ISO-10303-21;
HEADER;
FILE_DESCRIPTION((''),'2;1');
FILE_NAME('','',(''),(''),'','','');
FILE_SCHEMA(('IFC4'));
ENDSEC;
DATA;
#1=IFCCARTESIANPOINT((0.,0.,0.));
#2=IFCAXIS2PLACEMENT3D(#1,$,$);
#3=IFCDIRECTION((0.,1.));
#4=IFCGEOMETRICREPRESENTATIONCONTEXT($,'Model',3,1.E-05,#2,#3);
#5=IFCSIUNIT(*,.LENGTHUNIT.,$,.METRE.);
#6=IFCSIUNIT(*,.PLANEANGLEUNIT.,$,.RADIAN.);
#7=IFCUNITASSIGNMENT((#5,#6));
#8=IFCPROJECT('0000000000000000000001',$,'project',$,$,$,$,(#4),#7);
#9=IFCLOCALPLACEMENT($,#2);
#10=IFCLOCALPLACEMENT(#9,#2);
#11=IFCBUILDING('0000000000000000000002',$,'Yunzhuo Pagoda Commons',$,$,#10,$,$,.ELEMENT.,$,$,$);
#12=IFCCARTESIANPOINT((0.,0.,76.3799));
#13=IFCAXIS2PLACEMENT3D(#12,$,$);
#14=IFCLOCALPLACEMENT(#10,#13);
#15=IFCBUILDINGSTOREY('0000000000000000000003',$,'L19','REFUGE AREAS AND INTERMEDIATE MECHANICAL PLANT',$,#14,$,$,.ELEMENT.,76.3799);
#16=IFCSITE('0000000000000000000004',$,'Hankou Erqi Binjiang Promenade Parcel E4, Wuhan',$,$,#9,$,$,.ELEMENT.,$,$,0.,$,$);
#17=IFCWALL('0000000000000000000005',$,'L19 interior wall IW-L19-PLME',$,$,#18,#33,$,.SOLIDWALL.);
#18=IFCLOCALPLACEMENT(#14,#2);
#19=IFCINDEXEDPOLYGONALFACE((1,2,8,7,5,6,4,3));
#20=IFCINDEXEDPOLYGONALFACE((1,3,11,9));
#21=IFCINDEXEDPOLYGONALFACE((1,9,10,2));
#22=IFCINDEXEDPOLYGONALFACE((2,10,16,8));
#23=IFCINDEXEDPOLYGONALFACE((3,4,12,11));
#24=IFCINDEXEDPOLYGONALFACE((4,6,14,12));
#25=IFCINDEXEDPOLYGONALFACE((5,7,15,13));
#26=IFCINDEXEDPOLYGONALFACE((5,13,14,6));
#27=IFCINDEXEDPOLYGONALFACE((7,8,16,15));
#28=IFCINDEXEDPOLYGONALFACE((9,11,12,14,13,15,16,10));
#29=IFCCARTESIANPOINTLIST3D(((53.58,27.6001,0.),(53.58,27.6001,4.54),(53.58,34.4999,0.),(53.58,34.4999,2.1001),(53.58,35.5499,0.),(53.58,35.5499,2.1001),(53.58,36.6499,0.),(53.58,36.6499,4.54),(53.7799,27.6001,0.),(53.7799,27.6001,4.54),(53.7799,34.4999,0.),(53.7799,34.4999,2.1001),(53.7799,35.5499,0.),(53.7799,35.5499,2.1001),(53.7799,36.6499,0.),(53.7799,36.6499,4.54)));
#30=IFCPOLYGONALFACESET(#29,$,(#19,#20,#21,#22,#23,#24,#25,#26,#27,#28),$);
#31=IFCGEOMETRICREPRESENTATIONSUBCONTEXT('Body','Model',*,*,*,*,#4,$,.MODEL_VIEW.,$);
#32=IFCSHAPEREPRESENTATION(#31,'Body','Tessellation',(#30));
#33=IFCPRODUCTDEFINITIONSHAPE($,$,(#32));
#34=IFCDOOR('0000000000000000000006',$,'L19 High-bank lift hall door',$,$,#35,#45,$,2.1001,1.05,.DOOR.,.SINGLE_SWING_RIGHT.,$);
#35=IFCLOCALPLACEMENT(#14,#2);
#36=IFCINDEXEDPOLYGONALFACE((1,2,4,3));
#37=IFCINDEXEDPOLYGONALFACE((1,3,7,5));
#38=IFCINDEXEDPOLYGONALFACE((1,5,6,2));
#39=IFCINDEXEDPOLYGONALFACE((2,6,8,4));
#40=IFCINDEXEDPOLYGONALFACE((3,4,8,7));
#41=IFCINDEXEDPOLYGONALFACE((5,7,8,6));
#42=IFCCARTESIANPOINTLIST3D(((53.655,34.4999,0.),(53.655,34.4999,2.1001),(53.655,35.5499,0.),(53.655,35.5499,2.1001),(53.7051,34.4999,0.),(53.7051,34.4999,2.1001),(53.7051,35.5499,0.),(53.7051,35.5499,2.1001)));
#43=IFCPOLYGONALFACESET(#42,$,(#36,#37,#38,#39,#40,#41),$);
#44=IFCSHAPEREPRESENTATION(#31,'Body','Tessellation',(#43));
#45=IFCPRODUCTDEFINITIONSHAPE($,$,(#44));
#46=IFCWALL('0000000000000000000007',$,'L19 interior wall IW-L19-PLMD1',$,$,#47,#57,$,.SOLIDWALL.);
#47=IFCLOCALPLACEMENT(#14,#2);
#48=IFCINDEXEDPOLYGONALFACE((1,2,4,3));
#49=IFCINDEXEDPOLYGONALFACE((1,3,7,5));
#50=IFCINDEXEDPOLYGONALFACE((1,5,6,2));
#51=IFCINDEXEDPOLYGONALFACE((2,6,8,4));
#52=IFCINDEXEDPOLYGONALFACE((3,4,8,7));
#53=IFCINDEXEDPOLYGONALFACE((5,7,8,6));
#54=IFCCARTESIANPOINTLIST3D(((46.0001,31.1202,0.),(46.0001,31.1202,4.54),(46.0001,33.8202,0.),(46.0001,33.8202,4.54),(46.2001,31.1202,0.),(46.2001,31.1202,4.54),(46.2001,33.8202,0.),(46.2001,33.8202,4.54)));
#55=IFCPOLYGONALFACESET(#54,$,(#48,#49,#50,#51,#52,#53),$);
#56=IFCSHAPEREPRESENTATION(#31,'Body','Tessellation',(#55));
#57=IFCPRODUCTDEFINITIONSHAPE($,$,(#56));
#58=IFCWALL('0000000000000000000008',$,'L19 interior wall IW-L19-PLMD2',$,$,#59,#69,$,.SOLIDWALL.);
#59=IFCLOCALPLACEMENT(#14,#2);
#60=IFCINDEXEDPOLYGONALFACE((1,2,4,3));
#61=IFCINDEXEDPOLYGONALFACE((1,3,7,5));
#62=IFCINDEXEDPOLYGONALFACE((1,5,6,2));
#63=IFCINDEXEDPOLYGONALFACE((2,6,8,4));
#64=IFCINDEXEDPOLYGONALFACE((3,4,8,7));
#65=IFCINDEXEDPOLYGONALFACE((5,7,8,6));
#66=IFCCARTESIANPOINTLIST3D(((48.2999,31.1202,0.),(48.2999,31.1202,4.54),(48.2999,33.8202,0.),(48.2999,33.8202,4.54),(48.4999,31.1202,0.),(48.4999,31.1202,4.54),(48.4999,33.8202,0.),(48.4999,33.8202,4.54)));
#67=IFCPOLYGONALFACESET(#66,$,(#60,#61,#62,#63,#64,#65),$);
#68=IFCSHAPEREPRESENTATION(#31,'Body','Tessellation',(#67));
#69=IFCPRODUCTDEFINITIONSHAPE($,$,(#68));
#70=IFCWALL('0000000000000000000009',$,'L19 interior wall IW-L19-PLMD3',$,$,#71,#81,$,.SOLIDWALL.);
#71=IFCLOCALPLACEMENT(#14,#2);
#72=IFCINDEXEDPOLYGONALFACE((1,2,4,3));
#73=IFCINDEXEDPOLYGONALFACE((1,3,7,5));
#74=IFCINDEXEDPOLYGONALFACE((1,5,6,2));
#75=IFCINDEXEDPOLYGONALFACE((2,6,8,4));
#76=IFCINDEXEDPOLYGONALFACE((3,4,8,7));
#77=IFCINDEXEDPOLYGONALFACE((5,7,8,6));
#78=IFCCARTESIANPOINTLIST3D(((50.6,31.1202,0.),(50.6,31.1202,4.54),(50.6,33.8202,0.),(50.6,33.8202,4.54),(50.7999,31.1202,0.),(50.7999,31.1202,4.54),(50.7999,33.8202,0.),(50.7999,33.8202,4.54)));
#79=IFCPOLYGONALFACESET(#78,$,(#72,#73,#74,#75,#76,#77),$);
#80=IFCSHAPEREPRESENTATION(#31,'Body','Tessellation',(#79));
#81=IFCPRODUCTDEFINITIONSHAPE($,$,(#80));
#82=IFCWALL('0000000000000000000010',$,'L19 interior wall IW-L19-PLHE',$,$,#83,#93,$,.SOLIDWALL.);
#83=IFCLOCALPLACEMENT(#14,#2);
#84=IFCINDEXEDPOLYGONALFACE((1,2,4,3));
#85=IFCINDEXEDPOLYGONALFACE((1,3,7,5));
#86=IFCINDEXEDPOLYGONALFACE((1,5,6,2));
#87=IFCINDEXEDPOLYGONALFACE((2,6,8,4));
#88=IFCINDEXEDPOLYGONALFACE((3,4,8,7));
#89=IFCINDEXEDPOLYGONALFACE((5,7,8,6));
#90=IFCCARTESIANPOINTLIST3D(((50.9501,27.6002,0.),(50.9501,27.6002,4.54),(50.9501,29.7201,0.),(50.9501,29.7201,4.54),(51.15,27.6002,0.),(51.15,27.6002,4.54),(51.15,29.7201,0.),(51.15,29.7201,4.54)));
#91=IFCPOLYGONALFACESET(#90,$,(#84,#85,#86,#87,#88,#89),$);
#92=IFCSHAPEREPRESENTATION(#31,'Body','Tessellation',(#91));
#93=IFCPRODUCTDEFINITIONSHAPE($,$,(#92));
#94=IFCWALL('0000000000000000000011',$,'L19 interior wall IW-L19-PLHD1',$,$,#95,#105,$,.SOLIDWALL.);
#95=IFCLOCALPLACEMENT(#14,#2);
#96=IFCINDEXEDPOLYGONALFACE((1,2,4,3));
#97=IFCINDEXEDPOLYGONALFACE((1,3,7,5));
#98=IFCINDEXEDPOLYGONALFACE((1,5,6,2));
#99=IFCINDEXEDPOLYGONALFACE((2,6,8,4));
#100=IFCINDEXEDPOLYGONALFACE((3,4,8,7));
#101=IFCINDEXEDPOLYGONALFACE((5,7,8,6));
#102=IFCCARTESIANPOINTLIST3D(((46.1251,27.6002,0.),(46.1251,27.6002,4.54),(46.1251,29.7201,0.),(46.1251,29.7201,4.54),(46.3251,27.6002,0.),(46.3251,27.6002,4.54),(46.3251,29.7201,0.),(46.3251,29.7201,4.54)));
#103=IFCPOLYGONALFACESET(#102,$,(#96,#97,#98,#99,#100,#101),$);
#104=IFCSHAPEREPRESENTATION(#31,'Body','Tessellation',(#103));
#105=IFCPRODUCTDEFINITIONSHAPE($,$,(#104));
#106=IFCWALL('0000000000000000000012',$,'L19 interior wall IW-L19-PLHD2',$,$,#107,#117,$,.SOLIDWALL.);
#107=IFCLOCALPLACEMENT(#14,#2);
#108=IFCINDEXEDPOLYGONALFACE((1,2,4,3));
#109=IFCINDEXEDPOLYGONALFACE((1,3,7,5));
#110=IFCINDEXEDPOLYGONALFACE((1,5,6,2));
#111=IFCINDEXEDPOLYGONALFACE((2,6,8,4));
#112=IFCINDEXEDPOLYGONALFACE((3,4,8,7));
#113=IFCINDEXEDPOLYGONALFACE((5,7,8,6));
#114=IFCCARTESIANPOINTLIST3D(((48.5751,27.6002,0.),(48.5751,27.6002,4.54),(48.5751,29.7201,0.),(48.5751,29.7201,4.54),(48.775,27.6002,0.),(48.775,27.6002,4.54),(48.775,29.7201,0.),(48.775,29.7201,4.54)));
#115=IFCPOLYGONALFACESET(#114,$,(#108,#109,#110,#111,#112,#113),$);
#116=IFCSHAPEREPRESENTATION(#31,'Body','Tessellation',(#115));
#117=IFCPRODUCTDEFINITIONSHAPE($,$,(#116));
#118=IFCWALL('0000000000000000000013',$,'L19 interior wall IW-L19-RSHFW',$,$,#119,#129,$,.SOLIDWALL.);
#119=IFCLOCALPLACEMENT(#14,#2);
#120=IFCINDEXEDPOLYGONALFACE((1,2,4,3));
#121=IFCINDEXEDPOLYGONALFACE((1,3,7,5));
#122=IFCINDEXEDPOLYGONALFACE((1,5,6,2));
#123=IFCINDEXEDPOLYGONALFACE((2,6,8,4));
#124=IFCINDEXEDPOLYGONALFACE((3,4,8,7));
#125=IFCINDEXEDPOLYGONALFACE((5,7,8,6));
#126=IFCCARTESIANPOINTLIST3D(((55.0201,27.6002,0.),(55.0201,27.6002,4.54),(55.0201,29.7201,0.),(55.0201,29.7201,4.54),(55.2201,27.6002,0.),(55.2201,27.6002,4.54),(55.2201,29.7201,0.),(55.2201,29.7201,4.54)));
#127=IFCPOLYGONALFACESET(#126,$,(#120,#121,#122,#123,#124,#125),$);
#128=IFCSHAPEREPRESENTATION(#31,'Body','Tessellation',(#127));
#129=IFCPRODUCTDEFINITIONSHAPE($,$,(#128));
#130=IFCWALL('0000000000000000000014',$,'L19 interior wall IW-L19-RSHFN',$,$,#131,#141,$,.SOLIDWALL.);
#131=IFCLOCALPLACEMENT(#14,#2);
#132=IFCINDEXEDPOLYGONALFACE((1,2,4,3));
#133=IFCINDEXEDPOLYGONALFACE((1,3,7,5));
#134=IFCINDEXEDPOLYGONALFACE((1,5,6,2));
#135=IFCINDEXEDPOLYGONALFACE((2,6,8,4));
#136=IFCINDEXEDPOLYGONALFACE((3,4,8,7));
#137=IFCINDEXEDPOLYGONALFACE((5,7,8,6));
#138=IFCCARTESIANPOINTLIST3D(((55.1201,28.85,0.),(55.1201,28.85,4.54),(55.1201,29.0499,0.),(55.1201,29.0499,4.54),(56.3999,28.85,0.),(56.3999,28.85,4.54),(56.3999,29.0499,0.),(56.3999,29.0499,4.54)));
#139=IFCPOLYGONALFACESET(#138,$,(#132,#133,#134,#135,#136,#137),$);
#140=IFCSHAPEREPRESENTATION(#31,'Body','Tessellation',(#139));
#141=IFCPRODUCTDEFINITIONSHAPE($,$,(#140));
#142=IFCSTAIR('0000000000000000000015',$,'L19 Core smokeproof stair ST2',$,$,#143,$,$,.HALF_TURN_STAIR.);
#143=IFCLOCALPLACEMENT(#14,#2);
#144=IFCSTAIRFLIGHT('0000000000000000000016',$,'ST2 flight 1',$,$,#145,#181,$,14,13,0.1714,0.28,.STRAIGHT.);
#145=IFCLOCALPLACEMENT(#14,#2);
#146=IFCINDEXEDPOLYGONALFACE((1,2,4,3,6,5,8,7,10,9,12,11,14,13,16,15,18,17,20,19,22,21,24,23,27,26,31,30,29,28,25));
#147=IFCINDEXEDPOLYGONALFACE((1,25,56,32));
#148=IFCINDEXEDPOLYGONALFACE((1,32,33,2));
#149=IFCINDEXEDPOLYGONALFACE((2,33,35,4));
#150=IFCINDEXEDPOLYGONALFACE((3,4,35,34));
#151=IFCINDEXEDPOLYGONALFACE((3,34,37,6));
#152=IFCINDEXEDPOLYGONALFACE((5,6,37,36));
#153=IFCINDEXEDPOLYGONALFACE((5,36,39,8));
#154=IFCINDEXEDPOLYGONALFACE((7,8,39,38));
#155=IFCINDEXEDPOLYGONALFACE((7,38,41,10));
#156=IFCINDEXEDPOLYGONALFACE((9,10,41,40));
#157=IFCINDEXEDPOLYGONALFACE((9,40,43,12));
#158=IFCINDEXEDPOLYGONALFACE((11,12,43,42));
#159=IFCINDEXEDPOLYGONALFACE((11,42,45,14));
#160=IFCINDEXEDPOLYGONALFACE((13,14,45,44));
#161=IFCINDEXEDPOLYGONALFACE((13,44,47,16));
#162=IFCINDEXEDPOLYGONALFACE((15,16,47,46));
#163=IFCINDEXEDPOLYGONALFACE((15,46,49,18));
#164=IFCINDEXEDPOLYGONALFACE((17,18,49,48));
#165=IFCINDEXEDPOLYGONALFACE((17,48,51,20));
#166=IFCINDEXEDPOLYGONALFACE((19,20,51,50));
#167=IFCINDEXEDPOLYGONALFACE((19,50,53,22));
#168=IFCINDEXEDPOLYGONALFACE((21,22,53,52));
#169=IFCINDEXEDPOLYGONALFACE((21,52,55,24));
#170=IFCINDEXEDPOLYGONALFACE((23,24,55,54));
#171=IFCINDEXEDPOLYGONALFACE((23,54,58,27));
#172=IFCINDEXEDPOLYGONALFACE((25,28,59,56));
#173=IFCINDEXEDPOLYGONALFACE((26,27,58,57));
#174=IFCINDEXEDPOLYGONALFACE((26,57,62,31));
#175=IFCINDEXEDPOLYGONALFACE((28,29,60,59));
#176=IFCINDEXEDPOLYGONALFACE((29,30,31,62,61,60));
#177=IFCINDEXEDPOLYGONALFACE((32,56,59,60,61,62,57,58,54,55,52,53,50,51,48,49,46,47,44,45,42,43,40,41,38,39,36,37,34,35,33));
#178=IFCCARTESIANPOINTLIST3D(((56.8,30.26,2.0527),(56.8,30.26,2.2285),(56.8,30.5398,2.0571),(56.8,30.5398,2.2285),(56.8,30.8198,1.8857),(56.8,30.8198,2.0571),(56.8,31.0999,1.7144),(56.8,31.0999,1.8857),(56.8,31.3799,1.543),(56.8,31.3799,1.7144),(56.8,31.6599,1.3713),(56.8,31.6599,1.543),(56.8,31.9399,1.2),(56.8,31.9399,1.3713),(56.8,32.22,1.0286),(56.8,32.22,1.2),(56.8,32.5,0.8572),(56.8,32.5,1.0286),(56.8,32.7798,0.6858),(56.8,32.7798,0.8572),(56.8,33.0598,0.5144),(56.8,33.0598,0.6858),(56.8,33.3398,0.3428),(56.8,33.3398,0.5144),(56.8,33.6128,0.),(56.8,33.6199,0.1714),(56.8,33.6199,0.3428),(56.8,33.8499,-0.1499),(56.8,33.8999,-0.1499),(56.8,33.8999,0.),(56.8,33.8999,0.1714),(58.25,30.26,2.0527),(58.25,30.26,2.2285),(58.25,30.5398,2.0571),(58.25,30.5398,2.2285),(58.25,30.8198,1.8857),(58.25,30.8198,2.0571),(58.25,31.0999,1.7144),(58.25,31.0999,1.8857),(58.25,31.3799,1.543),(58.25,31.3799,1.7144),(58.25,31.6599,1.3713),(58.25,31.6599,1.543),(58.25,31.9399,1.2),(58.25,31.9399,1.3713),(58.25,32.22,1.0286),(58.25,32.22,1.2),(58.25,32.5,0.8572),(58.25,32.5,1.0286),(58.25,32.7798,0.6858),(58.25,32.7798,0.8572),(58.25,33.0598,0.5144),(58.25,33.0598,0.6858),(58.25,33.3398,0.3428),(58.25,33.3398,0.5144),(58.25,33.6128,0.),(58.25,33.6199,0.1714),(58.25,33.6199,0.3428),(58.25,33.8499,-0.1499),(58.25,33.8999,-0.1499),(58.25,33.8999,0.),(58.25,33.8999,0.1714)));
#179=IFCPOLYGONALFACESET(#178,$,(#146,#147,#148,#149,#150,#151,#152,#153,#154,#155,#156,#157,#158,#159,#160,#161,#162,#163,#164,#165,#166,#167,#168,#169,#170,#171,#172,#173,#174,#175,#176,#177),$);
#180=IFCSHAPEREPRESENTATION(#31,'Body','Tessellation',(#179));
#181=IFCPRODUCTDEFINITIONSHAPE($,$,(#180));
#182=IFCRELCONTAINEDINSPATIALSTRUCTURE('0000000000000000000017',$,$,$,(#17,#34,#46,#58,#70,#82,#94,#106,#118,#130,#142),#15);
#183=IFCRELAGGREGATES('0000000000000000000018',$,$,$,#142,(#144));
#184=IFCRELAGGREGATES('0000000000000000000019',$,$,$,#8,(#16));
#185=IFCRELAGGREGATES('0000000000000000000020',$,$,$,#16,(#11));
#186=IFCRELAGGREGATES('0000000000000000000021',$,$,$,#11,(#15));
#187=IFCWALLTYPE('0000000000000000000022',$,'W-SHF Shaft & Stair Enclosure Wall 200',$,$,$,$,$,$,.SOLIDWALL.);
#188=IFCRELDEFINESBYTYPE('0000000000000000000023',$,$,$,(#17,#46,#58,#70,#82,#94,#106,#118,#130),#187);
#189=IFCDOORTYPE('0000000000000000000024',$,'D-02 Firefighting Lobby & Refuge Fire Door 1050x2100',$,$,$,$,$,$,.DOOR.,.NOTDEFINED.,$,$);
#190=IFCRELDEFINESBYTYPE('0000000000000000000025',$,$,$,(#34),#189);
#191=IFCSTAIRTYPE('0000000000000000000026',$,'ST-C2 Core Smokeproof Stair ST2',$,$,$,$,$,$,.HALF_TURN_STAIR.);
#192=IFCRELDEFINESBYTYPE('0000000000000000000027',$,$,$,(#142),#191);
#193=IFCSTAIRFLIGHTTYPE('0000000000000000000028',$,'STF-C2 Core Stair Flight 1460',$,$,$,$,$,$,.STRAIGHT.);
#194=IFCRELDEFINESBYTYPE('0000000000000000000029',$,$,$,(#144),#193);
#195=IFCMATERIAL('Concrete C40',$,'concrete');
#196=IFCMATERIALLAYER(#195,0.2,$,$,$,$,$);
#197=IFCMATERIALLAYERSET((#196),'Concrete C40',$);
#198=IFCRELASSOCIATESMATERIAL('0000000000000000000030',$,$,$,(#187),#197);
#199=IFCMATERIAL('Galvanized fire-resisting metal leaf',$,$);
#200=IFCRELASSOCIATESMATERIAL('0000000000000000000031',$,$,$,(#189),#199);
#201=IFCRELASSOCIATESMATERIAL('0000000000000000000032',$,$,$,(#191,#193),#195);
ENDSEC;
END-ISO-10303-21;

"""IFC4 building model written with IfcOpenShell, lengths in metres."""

from ifc_helpers import new_model, si_unit, direction, frame, frame_2d, origin, origin_with_axes, place, context, subcontext, project, spatial, polyline, rectangle, outline, extrude, source, transform, mapped, material, layer, layer_set, type_object, element, fill, aggregate, save


model = new_model("IFC4")

# Units and contexts
model_context = context("Model", 3, precision=1e-05, world=origin(), true_north=direction((0.0, 1.0)))
body_context = subcontext(model_context, "Body", "Model", "MODEL_VIEW")
ifc_project = project(units=[si_unit("LENGTHUNIT", "METRE"), si_unit("PLANEANGLEUNIT", "RADIAN")], contexts=[model_context])

# Site, building, storey
site_placement = place(None, origin())
site = spatial("IfcSite", under=ifc_project, at=site_placement, Name="Hankou Erqi Binjiang Promenade Parcel E4, Wuhan", CompositionType="ELEMENT", RefElevation=0.0)
building_placement = place(site_placement, origin())
building = spatial("IfcBuilding", under=site, at=building_placement, Name="Yunzhuo Pagoda Commons", CompositionType="ELEMENT")
storey_placement = place(building_placement, frame((0.0, 0.0, 76.3799)))
storey = spatial("IfcBuildingStorey", under=building, at=storey_placement, Name="L19", Description="REFUGE AREAS AND INTERMEDIATE MECHANICAL PLANT", CompositionType="ELEMENT", Elevation=76.3799)

# Wall, opening, door
ifc_material_1 = material(Name="Galvanized fire-resisting metal leaf")
ifc_material_2 = material(Name="Concrete C40", Category="concrete")
ifc_layer_1 = layer(ifc_material_2, 0.2)
ifc_layer_set_1 = layer_set([ifc_layer_1], Name="Concrete C40")
wall_type_1 = type_object("IfcWallType", Name="W-SHF Shaft & Stair Enclosure Wall 200", PredefinedType="SOLIDWALL", material=ifc_layer_set_1)
wall_1_placement = place(storey_placement, frame((53.6799, 27.6001, 0.0), z_axis=(0.0, 0.0, 1.0), x_axis=(0.0, 1.0, 0.0)))
wall_1 = element("IfcWall", 1, at=wall_1_placement, inside=storey, type_object=wall_type_1, Name="L19 interior wall IW-L19-PLME", PredefinedType="SOLIDWALL", context=body_context, shape_type="SweptSolid", body=[
    extrude(rectangle(XDim=9.0498, YDim=0.2, at=frame_2d((4.5249, 0.0))), origin(), (0.0, 0.0, 1.0), 4.54),
])
opening_1_placement = place(wall_1_placement, frame((6.8999, 0.0, 0.0)))
opening_1 = element("IfcOpeningElement", 2, at=opening_1_placement, cuts=wall_1, PredefinedType="OPENING", context=body_context, shape_type="SweptSolid", body=[
    extrude(rectangle(XDim=1.05, YDim=2.1001, at=frame_2d((0.5249, 1.05))), frame((0.0, 0.1099, 0.0), z_axis=(0.0, -1.0, 0.0), x_axis=(1.0, 0.0, 0.0)), (0.0, 0.0, 1.0), 0.22),
])
door_type_1 = type_object("IfcDoorType", Name="D-02 Firefighting Lobby & Refuge Fire Door 1050x2100", OperationType="NOTDEFINED", PredefinedType="DOOR", material=ifc_material_1)
shared_shape_1 = source(origin(), body_context, "Body", "SweptSolid", [
    extrude(rectangle(XDim=1.05, YDim=2.1001, at=frame_2d((0.5249, 1.05))), frame((0.0, 0.0249, 0.0), z_axis=(0.0, -1.0, 0.0), x_axis=(1.0, 0.0, 0.0)), (0.0, 0.0, 1.0), 0.05),
])
door_1_placement = place(opening_1_placement, origin_with_axes())
door_1 = element("IfcDoor", 3, at=door_1_placement, inside=storey, type_object=door_type_1, Name="L19 High-bank lift hall door", OperationType="SINGLE_SWING_RIGHT", OverallHeight=2.1001, OverallWidth=1.05, PredefinedType="DOOR", context=body_context, shape_type="MappedRepresentation", body=[
    mapped(shared_shape_1, transform((0.0, 0.0, 0.0), scale=1.0)),
])
fill(opening_1, door_1)

# Walls
for number, where, z_axis, x_axis, name in (
    (4, (46.1001, 31.1201, 0.0), (0.0, 0.0, 1.0), (0.0, 1.0, 0.0), "L19 interior wall IW-L19-PLMD1"),
    (5, (48.3999, 31.1201, 0.0), (0.0, 0.0, 1.0), (0.0, 1.0, 0.0), "L19 interior wall IW-L19-PLMD2"),
    (6, (50.7, 31.1201, 0.0), (0.0, 0.0, 1.0), (0.0, 1.0, 0.0), "L19 interior wall IW-L19-PLMD3"),
):
    element("IfcWall", number, at=place(storey_placement, frame(where, z_axis=z_axis, x_axis=x_axis)), inside=storey, type_object=wall_type_1, Name=name, PredefinedType="SOLIDWALL", context=body_context, shape_type="SweptSolid", body=[
        extrude(rectangle(XDim=2.7, YDim=0.2, at=frame_2d((1.3501, 0.0))), origin(), (0.0, 0.0, 1.0), 4.54),
    ])
for number, where, z_axis, x_axis, name in (
    (7, (51.05, 27.6001, 0.0), (0.0, 0.0, 1.0), (0.0, 1.0, 0.0), "L19 interior wall IW-L19-PLHE"),
    (8, (46.2251, 27.6001, 0.0), (0.0, 0.0, 1.0), (0.0, 1.0, 0.0), "L19 interior wall IW-L19-PLHD1"),
    (9, (48.675, 27.6001, 0.0), (0.0, 0.0, 1.0), (0.0, 1.0, 0.0), "L19 interior wall IW-L19-PLHD2"),
    (10, (55.1201, 27.6001, 0.0), (0.0, 0.0, 1.0), (0.0, 1.0, 0.0), "L19 interior wall IW-L19-RSHFW"),
):
    element("IfcWall", number, at=place(storey_placement, frame(where, z_axis=z_axis, x_axis=x_axis)), inside=storey, type_object=wall_type_1, Name=name, PredefinedType="SOLIDWALL", context=body_context, shape_type="SweptSolid", body=[
        extrude(rectangle(XDim=2.1199, YDim=0.2, at=frame_2d((1.0601, 0.0))), origin(), (0.0, 0.0, 1.0), 4.54),
    ])
wall_2_placement = place(storey_placement, frame((55.1201, 28.95, 0.0), z_axis=(0.0, 0.0, 1.0), x_axis=(1.0, 0.0, 0.0)))
element("IfcWall", 11, at=wall_2_placement, inside=storey, type_object=wall_type_1, Name="L19 interior wall IW-L19-RSHFN", PredefinedType="SOLIDWALL", context=body_context, shape_type="SweptSolid", body=[
    extrude(rectangle(XDim=1.2798, YDim=0.2, at=frame_2d((0.6399, 0.0))), origin(), (0.0, 0.0, 1.0), 4.54),
])

# Stair, stair flight
stair_type = type_object("IfcStairType", Name="ST-C2 Core Smokeproof Stair ST2", PredefinedType="HALF_TURN_STAIR", material=ifc_material_2)
stair_placement = place(storey_placement, origin())
stair = element("IfcStair", 12, at=stair_placement, inside=storey, type_object=stair_type, Name="L19 Core smokeproof stair ST2", PredefinedType="HALF_TURN_STAIR")
stair_flight_type = type_object("IfcStairFlightType", Name="STF-C2 Core Stair Flight 1460", PredefinedType="STRAIGHT", material=ifc_material_2)
shared_shape_2 = source(origin(), body_context, "Body", "SweptSolid", [
    extrude(outline(polyline([(0.0, -0.1499), (0.0, 0.0), (0.0, 0.1714), (0.28, 0.1714), (0.28, 0.3428), (0.5601, 0.3428), (0.5601, 0.5144), (0.8401, 0.5144), (0.8401, 0.6858), (1.1201, 0.6858), (1.1201, 0.8572), (1.3999, 0.8572), (1.3999, 1.0286), (1.6799, 1.0286), (1.6799, 1.2), (1.96, 1.2), (1.96, 1.3713), (2.24, 1.3713), (2.24, 1.543), (2.52, 1.543), (2.52, 1.7144), (2.8, 1.7144), (2.8, 1.8857), (3.0801, 1.8857), (3.0801, 2.0571), (3.3601, 2.0571), (3.3601, 2.2285), (3.6399, 2.2285), (3.6399, 2.3999), (3.6399, 2.0527), (0.2871, 0.0), (0.05, -0.1499), (0.0, -0.1499)])), frame((0.0, 0.7251, 0.0), z_axis=(0.0, -1.0, 0.0), x_axis=(1.0, 0.0, 0.0)), (0.0, 0.0, 1.0), 1.45),
])
stair_flight_placement = place(storey_placement, frame((57.5249, 33.8999, 0.0), z_axis=(0.0, 0.0, 1.0), x_axis=(0.0, -1.0, 0.0)))
stair_flight = element("IfcStairFlight", 13, at=stair_flight_placement, type_object=stair_flight_type, Name="ST2 flight 1", NumberOfRisers=14, NumberOfTreads=13, PredefinedType="STRAIGHT", RiserHeight=0.1714, TreadLength=0.28, context=body_context, shape_type="MappedRepresentation", body=[
    mapped(shared_shape_2, transform((0.0, 0.0, 0.0), scale=1.0)),
])
aggregate(stair, [stair_flight])

save(model, "model.ifc")
